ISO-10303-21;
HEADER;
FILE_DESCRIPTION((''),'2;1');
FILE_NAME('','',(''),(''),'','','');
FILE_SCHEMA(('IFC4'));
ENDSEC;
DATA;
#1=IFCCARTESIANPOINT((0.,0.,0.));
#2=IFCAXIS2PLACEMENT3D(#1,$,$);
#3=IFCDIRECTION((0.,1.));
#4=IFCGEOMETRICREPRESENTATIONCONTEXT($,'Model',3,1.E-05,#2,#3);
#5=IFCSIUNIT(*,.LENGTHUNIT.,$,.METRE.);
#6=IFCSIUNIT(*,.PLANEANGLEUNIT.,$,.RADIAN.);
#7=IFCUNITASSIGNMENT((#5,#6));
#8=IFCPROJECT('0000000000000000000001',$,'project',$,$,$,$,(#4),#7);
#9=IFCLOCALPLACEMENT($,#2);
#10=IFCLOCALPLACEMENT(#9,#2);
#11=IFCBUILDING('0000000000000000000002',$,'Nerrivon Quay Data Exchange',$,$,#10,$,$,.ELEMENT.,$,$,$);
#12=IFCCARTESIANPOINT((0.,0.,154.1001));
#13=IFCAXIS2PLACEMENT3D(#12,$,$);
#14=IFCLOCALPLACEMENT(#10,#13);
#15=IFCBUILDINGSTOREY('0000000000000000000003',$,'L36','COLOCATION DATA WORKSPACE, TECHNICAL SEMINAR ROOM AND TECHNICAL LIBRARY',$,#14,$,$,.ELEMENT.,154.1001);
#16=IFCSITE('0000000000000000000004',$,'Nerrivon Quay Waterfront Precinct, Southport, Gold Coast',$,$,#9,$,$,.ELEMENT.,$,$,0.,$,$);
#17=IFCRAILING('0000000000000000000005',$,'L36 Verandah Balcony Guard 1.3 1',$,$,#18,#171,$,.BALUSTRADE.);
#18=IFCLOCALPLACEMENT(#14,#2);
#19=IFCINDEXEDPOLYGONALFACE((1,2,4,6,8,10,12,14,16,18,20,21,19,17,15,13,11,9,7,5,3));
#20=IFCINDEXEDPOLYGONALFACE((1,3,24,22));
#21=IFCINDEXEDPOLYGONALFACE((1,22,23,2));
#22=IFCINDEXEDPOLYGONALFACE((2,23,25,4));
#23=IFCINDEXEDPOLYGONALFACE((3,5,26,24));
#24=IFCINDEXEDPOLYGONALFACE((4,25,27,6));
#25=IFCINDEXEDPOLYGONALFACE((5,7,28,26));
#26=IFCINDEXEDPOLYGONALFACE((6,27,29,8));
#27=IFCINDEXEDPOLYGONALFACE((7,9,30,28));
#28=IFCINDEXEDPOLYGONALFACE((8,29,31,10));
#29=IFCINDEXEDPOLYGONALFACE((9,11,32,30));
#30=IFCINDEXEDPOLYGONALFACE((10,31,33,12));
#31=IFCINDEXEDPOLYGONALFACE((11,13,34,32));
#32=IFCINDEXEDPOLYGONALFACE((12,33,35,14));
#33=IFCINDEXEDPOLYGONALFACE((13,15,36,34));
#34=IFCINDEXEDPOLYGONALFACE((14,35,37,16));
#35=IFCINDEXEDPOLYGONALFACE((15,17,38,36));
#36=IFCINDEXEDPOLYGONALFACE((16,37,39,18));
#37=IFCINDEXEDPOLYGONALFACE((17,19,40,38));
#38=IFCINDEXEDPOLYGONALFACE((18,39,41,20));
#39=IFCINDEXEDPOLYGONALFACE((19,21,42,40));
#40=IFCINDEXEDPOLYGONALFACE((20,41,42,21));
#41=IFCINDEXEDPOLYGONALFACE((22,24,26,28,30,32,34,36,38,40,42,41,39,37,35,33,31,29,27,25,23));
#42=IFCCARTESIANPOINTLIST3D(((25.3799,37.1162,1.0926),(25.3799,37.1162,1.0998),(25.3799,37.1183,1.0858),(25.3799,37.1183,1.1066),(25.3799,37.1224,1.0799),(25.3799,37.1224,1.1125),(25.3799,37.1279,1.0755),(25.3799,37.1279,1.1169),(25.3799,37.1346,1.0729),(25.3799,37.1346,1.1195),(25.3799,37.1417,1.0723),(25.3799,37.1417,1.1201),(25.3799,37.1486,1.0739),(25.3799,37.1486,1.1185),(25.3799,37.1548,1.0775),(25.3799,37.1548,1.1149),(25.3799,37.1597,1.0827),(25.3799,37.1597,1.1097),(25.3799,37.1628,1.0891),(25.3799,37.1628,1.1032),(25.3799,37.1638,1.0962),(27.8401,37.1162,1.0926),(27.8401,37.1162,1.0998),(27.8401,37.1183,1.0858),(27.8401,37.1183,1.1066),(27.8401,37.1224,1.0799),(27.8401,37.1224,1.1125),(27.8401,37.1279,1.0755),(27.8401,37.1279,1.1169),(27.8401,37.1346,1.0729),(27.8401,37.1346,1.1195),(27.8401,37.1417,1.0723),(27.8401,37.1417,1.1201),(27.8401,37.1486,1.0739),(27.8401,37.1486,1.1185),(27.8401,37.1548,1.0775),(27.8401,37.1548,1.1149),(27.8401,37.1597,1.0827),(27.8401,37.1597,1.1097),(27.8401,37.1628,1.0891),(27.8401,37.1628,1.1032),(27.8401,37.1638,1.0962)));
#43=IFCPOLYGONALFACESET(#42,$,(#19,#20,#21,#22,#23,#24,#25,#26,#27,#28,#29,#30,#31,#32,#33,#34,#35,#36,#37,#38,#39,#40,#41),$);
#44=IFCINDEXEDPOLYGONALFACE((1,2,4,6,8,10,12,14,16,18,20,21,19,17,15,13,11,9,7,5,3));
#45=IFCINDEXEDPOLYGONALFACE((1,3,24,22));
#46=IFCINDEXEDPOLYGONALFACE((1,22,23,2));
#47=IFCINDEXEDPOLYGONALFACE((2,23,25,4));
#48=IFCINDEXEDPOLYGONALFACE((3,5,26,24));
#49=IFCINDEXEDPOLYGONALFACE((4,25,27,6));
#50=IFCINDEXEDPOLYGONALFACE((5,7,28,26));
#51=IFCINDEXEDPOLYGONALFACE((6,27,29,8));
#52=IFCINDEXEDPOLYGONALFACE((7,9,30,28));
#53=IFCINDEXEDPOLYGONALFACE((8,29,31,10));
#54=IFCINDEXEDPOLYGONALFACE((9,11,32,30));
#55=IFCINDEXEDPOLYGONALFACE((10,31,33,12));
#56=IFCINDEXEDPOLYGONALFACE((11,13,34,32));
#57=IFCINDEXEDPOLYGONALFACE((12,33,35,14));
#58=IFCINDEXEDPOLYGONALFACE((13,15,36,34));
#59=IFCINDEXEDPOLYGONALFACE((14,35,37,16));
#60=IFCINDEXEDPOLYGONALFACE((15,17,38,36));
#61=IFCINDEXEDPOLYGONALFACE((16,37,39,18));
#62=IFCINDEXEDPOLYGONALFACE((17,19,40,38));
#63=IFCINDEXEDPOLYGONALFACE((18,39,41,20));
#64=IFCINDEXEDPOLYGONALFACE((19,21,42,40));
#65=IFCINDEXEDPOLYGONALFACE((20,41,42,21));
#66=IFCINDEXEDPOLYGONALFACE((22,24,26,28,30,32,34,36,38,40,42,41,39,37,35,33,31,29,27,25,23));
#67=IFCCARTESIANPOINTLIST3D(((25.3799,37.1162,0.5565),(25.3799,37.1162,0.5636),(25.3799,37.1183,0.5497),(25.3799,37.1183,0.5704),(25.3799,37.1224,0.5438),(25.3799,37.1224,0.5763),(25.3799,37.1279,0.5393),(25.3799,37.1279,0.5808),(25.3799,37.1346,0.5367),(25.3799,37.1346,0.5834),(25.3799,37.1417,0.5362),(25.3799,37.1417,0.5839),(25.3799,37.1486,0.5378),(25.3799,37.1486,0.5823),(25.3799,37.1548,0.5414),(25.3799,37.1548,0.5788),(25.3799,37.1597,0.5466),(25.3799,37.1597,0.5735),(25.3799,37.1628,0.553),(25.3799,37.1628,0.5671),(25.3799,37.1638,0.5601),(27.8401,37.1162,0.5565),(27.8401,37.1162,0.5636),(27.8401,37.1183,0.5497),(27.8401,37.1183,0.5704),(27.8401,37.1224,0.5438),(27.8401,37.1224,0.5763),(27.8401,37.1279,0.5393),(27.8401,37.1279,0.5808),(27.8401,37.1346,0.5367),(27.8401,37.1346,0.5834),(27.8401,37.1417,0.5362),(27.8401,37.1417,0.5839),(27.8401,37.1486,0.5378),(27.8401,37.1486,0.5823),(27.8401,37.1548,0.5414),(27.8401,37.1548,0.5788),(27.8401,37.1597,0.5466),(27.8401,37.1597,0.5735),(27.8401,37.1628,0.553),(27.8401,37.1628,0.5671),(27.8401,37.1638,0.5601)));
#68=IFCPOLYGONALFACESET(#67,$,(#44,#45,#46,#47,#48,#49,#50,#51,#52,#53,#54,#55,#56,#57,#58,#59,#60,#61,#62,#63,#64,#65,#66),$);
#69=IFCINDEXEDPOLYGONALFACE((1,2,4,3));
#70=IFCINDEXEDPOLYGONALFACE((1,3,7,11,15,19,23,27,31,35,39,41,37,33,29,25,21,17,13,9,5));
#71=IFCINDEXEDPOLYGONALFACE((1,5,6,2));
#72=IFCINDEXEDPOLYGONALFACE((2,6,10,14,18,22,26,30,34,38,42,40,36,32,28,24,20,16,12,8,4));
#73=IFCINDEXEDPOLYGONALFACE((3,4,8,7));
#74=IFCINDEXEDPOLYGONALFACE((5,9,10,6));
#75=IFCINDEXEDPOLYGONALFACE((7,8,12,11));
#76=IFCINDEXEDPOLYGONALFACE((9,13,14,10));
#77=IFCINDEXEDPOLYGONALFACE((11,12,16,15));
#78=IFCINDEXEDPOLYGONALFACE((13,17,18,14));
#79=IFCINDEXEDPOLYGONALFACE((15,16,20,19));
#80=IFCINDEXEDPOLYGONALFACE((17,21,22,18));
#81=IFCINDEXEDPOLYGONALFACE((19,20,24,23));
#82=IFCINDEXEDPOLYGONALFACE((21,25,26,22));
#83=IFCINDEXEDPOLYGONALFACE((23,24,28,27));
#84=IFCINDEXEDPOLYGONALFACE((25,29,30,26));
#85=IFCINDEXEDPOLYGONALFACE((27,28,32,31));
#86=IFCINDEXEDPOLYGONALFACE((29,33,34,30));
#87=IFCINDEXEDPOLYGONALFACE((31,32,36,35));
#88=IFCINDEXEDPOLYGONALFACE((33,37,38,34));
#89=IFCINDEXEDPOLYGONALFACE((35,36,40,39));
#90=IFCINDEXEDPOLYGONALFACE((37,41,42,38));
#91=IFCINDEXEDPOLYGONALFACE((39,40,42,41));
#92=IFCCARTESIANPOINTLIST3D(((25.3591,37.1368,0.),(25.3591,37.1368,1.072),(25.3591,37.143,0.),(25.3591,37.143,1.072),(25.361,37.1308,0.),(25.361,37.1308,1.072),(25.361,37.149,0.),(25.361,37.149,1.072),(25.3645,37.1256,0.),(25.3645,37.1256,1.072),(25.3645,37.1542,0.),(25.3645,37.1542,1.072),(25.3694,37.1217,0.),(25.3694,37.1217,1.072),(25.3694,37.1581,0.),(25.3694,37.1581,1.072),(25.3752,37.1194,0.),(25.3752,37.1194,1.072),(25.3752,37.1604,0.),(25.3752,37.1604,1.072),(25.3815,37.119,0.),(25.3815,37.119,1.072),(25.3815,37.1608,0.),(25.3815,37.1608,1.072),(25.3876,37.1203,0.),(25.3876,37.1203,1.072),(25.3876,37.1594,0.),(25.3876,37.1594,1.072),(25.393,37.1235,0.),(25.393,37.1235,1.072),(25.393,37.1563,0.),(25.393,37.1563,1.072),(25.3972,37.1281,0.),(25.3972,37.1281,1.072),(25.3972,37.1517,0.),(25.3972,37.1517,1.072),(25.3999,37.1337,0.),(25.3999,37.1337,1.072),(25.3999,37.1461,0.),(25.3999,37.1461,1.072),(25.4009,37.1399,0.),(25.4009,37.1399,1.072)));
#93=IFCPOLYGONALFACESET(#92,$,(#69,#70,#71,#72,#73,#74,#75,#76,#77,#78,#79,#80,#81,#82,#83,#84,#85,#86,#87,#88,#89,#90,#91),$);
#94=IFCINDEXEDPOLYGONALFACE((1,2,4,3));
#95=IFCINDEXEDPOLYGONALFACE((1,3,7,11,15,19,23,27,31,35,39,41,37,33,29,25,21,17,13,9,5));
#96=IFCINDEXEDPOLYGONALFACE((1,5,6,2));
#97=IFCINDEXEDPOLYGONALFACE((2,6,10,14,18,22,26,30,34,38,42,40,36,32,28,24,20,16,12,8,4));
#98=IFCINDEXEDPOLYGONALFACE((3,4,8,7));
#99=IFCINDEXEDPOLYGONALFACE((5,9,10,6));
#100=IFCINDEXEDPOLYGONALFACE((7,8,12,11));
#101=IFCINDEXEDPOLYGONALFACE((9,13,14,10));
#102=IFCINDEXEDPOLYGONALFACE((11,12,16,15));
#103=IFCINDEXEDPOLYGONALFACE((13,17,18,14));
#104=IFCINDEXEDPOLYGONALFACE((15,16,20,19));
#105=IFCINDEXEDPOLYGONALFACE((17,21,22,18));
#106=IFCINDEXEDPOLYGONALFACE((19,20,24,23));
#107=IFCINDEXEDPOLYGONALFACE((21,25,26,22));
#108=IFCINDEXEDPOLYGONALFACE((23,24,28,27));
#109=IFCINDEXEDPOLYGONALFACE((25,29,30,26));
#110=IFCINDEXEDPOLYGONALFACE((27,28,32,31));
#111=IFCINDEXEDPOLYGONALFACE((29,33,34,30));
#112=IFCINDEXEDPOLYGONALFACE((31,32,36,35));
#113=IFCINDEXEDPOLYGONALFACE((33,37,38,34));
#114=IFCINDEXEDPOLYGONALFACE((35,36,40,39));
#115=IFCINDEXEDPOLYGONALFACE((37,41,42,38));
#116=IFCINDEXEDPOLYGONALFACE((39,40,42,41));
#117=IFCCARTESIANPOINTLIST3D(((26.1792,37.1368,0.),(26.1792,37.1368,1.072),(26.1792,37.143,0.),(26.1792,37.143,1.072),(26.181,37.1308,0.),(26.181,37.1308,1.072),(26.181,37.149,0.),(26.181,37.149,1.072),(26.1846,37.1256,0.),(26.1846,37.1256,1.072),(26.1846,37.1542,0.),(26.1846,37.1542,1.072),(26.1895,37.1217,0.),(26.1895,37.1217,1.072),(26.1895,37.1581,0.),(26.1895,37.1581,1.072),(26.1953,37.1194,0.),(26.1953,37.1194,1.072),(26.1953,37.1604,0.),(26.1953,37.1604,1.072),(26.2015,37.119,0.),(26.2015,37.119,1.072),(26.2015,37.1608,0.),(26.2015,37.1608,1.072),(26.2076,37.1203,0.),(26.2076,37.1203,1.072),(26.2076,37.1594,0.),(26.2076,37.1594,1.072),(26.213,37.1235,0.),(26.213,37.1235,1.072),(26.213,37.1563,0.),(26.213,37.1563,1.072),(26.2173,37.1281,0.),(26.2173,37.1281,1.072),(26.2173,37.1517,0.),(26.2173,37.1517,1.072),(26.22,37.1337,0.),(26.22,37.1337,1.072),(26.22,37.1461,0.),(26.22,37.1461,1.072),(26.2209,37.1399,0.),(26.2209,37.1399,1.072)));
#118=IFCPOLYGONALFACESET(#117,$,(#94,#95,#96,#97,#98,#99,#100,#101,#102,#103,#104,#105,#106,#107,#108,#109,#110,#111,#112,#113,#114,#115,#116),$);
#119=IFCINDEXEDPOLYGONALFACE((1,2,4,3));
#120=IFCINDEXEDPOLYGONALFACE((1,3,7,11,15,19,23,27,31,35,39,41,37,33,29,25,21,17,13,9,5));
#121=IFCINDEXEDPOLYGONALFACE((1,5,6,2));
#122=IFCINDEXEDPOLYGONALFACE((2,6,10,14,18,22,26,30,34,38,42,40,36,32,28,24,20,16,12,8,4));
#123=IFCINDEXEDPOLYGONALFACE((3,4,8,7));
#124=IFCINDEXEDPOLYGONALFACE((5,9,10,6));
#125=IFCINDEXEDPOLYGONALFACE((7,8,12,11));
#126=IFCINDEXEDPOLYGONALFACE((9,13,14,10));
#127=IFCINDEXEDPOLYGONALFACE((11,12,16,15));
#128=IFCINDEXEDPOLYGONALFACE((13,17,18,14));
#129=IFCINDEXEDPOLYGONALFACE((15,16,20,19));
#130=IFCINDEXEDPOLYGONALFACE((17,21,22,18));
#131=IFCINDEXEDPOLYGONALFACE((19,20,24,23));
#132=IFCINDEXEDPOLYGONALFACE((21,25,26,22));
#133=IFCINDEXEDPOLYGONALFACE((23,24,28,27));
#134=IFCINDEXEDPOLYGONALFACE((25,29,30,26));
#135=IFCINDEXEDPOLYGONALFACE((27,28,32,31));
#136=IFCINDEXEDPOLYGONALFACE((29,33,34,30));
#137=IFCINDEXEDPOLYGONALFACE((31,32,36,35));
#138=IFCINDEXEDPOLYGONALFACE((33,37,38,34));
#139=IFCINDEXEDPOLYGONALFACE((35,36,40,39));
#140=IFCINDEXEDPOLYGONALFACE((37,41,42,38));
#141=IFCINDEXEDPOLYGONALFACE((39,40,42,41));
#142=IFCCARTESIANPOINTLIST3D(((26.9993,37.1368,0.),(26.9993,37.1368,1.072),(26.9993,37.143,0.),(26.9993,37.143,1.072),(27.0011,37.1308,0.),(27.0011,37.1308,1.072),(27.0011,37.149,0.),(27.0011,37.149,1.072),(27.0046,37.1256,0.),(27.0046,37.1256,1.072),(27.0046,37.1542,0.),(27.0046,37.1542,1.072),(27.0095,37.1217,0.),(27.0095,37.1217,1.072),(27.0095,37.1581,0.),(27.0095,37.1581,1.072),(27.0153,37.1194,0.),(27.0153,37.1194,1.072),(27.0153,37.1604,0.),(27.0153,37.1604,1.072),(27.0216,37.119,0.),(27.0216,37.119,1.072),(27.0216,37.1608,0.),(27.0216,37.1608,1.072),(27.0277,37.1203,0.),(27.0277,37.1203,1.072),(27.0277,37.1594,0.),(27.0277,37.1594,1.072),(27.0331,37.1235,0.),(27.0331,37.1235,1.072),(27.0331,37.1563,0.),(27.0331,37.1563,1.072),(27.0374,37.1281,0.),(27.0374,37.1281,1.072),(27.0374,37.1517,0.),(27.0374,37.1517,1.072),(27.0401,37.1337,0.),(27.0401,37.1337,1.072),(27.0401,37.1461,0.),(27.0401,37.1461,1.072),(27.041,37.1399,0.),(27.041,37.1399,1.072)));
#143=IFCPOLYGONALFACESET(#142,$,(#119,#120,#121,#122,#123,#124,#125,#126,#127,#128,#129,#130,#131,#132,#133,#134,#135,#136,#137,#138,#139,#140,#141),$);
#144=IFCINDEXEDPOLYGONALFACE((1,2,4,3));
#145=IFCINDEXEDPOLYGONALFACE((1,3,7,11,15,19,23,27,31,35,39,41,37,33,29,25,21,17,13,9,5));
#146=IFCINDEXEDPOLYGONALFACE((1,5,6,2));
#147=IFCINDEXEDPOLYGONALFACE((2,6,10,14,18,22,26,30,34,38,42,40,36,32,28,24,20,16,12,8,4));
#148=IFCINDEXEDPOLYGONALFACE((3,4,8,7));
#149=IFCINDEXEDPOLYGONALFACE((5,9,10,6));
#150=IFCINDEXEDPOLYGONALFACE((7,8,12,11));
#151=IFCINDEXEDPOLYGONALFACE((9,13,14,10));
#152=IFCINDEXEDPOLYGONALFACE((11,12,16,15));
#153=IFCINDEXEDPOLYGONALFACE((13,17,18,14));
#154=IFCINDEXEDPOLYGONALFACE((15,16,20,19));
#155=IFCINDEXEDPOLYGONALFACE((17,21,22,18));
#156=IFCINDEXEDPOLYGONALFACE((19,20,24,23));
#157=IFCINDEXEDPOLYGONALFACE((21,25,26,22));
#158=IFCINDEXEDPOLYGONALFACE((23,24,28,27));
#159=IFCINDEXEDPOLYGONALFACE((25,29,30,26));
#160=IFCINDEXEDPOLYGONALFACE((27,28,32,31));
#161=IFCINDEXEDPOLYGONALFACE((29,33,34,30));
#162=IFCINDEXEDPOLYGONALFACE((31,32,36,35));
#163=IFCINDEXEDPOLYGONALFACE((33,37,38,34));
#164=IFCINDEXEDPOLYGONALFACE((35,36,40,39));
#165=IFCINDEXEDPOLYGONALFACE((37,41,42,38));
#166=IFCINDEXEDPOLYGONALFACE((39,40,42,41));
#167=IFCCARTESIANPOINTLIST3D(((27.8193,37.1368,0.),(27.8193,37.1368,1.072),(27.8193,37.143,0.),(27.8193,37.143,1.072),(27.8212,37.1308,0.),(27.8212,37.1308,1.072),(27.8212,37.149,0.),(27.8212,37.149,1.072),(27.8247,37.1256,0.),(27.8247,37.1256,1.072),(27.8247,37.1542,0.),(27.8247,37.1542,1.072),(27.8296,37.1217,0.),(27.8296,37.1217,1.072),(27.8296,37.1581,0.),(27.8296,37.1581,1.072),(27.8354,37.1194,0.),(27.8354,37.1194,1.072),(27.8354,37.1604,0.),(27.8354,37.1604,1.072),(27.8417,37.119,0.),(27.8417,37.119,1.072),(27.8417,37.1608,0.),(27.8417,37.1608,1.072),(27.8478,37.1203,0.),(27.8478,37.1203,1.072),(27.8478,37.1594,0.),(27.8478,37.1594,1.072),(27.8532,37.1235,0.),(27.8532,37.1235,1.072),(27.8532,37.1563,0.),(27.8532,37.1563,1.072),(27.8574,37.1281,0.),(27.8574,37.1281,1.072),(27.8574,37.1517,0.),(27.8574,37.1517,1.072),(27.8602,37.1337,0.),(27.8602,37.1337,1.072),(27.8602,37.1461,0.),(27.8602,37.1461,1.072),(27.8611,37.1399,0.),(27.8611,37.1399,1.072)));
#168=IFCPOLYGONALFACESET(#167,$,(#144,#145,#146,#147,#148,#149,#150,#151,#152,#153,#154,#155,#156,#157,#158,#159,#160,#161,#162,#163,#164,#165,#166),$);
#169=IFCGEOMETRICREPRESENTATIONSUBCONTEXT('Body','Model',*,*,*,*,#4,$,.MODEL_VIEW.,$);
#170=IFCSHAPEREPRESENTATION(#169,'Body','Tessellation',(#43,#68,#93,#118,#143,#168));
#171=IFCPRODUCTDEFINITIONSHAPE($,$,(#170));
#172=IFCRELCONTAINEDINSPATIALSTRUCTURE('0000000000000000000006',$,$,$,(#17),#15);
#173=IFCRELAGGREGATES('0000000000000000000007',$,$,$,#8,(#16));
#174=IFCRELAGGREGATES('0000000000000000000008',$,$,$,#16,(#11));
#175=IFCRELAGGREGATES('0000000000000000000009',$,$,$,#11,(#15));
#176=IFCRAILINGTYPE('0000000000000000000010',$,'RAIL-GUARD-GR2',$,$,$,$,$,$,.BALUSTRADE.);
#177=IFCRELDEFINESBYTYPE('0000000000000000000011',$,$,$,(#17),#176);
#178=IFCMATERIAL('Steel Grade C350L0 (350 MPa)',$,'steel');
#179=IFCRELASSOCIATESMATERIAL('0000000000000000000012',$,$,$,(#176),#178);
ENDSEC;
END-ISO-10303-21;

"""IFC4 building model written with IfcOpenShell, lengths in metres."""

from ifc_helpers import new_model, si_unit, direction, frame, origin, origin_2d, place, context, subcontext, project, spatial, circle, extrude, material, type_object, element, save


model = new_model("IFC4")

# Units and contexts
model_context = context("Model", 3, precision=1e-05, world=origin(), true_north=direction((0.0, 1.0)))
body_context = subcontext(model_context, "Body", "Model", "MODEL_VIEW")
ifc_project = project(units=[si_unit("LENGTHUNIT", "METRE"), si_unit("PLANEANGLEUNIT", "RADIAN")], contexts=[model_context])

# Site, building, storey
site_placement = place(None, origin())
site = spatial("IfcSite", under=ifc_project, at=site_placement, Name="Nerrivon Quay Waterfront Precinct, Southport, Gold Coast", CompositionType="ELEMENT", RefElevation=0.0)
building_placement = place(site_placement, origin())
building = spatial("IfcBuilding", under=site, at=building_placement, Name="Nerrivon Quay Data Exchange", CompositionType="ELEMENT")
storey_placement = place(building_placement, frame((0.0, 0.0, 154.1001)))
storey = spatial("IfcBuildingStorey", under=building, at=storey_placement, Name="L36", Description="COLOCATION DATA WORKSPACE, TECHNICAL SEMINAR ROOM AND TECHNICAL LIBRARY", CompositionType="ELEMENT", Elevation=154.1001)

# Railing
ifc_material_1 = material(Name="Steel Grade C350L0 (350 MPa)", Category="steel")
railing_type = type_object("IfcRailingType", Name="RAIL-GUARD-GR2", PredefinedType="BALUSTRADE", material=ifc_material_1)
railing_1_placement = place(storey_placement, frame((25.3799, 37.1399, 0.0)))
element("IfcRailing", 1, at=railing_1_placement, inside=storey, type_object=railing_type, Name="L36 Verandah Balcony Guard 1.3 1", PredefinedType="BALUSTRADE", context=body_context, shape_type="SweptSolid", body=[
    extrude(circle(Radius=0.0239, at=origin_2d()), frame((0.0, 0.0, 1.0962), z_axis=(1.0, 0.0, 0.0), x_axis=(0.0, 1.0, 0.0)), (0.0, 0.0, 1.0), 2.4602),
    extrude(circle(Radius=0.0239, at=origin_2d()), frame((0.0, 0.0, 0.5601), z_axis=(1.0, 0.0, 0.0), x_axis=(0.0, 1.0, 0.0)), (0.0, 0.0, 1.0), 2.4602),
    extrude(circle(Radius=0.021, at=origin_2d()), origin(), (0.0, 0.0, 1.0), 1.072),
    extrude(circle(Radius=0.021, at=origin_2d()), frame((0.8201, 0.0, 0.0)), (0.0, 0.0, 1.0), 1.072),
    extrude(circle(Radius=0.021, at=origin_2d()), frame((1.6401, 0.0, 0.0)), (0.0, 0.0, 1.0), 1.072),
    extrude(circle(Radius=0.021, at=origin_2d()), frame((2.4602, 0.0, 0.0)), (0.0, 0.0, 1.0), 1.072),
])

save(model, "model.ifc")
